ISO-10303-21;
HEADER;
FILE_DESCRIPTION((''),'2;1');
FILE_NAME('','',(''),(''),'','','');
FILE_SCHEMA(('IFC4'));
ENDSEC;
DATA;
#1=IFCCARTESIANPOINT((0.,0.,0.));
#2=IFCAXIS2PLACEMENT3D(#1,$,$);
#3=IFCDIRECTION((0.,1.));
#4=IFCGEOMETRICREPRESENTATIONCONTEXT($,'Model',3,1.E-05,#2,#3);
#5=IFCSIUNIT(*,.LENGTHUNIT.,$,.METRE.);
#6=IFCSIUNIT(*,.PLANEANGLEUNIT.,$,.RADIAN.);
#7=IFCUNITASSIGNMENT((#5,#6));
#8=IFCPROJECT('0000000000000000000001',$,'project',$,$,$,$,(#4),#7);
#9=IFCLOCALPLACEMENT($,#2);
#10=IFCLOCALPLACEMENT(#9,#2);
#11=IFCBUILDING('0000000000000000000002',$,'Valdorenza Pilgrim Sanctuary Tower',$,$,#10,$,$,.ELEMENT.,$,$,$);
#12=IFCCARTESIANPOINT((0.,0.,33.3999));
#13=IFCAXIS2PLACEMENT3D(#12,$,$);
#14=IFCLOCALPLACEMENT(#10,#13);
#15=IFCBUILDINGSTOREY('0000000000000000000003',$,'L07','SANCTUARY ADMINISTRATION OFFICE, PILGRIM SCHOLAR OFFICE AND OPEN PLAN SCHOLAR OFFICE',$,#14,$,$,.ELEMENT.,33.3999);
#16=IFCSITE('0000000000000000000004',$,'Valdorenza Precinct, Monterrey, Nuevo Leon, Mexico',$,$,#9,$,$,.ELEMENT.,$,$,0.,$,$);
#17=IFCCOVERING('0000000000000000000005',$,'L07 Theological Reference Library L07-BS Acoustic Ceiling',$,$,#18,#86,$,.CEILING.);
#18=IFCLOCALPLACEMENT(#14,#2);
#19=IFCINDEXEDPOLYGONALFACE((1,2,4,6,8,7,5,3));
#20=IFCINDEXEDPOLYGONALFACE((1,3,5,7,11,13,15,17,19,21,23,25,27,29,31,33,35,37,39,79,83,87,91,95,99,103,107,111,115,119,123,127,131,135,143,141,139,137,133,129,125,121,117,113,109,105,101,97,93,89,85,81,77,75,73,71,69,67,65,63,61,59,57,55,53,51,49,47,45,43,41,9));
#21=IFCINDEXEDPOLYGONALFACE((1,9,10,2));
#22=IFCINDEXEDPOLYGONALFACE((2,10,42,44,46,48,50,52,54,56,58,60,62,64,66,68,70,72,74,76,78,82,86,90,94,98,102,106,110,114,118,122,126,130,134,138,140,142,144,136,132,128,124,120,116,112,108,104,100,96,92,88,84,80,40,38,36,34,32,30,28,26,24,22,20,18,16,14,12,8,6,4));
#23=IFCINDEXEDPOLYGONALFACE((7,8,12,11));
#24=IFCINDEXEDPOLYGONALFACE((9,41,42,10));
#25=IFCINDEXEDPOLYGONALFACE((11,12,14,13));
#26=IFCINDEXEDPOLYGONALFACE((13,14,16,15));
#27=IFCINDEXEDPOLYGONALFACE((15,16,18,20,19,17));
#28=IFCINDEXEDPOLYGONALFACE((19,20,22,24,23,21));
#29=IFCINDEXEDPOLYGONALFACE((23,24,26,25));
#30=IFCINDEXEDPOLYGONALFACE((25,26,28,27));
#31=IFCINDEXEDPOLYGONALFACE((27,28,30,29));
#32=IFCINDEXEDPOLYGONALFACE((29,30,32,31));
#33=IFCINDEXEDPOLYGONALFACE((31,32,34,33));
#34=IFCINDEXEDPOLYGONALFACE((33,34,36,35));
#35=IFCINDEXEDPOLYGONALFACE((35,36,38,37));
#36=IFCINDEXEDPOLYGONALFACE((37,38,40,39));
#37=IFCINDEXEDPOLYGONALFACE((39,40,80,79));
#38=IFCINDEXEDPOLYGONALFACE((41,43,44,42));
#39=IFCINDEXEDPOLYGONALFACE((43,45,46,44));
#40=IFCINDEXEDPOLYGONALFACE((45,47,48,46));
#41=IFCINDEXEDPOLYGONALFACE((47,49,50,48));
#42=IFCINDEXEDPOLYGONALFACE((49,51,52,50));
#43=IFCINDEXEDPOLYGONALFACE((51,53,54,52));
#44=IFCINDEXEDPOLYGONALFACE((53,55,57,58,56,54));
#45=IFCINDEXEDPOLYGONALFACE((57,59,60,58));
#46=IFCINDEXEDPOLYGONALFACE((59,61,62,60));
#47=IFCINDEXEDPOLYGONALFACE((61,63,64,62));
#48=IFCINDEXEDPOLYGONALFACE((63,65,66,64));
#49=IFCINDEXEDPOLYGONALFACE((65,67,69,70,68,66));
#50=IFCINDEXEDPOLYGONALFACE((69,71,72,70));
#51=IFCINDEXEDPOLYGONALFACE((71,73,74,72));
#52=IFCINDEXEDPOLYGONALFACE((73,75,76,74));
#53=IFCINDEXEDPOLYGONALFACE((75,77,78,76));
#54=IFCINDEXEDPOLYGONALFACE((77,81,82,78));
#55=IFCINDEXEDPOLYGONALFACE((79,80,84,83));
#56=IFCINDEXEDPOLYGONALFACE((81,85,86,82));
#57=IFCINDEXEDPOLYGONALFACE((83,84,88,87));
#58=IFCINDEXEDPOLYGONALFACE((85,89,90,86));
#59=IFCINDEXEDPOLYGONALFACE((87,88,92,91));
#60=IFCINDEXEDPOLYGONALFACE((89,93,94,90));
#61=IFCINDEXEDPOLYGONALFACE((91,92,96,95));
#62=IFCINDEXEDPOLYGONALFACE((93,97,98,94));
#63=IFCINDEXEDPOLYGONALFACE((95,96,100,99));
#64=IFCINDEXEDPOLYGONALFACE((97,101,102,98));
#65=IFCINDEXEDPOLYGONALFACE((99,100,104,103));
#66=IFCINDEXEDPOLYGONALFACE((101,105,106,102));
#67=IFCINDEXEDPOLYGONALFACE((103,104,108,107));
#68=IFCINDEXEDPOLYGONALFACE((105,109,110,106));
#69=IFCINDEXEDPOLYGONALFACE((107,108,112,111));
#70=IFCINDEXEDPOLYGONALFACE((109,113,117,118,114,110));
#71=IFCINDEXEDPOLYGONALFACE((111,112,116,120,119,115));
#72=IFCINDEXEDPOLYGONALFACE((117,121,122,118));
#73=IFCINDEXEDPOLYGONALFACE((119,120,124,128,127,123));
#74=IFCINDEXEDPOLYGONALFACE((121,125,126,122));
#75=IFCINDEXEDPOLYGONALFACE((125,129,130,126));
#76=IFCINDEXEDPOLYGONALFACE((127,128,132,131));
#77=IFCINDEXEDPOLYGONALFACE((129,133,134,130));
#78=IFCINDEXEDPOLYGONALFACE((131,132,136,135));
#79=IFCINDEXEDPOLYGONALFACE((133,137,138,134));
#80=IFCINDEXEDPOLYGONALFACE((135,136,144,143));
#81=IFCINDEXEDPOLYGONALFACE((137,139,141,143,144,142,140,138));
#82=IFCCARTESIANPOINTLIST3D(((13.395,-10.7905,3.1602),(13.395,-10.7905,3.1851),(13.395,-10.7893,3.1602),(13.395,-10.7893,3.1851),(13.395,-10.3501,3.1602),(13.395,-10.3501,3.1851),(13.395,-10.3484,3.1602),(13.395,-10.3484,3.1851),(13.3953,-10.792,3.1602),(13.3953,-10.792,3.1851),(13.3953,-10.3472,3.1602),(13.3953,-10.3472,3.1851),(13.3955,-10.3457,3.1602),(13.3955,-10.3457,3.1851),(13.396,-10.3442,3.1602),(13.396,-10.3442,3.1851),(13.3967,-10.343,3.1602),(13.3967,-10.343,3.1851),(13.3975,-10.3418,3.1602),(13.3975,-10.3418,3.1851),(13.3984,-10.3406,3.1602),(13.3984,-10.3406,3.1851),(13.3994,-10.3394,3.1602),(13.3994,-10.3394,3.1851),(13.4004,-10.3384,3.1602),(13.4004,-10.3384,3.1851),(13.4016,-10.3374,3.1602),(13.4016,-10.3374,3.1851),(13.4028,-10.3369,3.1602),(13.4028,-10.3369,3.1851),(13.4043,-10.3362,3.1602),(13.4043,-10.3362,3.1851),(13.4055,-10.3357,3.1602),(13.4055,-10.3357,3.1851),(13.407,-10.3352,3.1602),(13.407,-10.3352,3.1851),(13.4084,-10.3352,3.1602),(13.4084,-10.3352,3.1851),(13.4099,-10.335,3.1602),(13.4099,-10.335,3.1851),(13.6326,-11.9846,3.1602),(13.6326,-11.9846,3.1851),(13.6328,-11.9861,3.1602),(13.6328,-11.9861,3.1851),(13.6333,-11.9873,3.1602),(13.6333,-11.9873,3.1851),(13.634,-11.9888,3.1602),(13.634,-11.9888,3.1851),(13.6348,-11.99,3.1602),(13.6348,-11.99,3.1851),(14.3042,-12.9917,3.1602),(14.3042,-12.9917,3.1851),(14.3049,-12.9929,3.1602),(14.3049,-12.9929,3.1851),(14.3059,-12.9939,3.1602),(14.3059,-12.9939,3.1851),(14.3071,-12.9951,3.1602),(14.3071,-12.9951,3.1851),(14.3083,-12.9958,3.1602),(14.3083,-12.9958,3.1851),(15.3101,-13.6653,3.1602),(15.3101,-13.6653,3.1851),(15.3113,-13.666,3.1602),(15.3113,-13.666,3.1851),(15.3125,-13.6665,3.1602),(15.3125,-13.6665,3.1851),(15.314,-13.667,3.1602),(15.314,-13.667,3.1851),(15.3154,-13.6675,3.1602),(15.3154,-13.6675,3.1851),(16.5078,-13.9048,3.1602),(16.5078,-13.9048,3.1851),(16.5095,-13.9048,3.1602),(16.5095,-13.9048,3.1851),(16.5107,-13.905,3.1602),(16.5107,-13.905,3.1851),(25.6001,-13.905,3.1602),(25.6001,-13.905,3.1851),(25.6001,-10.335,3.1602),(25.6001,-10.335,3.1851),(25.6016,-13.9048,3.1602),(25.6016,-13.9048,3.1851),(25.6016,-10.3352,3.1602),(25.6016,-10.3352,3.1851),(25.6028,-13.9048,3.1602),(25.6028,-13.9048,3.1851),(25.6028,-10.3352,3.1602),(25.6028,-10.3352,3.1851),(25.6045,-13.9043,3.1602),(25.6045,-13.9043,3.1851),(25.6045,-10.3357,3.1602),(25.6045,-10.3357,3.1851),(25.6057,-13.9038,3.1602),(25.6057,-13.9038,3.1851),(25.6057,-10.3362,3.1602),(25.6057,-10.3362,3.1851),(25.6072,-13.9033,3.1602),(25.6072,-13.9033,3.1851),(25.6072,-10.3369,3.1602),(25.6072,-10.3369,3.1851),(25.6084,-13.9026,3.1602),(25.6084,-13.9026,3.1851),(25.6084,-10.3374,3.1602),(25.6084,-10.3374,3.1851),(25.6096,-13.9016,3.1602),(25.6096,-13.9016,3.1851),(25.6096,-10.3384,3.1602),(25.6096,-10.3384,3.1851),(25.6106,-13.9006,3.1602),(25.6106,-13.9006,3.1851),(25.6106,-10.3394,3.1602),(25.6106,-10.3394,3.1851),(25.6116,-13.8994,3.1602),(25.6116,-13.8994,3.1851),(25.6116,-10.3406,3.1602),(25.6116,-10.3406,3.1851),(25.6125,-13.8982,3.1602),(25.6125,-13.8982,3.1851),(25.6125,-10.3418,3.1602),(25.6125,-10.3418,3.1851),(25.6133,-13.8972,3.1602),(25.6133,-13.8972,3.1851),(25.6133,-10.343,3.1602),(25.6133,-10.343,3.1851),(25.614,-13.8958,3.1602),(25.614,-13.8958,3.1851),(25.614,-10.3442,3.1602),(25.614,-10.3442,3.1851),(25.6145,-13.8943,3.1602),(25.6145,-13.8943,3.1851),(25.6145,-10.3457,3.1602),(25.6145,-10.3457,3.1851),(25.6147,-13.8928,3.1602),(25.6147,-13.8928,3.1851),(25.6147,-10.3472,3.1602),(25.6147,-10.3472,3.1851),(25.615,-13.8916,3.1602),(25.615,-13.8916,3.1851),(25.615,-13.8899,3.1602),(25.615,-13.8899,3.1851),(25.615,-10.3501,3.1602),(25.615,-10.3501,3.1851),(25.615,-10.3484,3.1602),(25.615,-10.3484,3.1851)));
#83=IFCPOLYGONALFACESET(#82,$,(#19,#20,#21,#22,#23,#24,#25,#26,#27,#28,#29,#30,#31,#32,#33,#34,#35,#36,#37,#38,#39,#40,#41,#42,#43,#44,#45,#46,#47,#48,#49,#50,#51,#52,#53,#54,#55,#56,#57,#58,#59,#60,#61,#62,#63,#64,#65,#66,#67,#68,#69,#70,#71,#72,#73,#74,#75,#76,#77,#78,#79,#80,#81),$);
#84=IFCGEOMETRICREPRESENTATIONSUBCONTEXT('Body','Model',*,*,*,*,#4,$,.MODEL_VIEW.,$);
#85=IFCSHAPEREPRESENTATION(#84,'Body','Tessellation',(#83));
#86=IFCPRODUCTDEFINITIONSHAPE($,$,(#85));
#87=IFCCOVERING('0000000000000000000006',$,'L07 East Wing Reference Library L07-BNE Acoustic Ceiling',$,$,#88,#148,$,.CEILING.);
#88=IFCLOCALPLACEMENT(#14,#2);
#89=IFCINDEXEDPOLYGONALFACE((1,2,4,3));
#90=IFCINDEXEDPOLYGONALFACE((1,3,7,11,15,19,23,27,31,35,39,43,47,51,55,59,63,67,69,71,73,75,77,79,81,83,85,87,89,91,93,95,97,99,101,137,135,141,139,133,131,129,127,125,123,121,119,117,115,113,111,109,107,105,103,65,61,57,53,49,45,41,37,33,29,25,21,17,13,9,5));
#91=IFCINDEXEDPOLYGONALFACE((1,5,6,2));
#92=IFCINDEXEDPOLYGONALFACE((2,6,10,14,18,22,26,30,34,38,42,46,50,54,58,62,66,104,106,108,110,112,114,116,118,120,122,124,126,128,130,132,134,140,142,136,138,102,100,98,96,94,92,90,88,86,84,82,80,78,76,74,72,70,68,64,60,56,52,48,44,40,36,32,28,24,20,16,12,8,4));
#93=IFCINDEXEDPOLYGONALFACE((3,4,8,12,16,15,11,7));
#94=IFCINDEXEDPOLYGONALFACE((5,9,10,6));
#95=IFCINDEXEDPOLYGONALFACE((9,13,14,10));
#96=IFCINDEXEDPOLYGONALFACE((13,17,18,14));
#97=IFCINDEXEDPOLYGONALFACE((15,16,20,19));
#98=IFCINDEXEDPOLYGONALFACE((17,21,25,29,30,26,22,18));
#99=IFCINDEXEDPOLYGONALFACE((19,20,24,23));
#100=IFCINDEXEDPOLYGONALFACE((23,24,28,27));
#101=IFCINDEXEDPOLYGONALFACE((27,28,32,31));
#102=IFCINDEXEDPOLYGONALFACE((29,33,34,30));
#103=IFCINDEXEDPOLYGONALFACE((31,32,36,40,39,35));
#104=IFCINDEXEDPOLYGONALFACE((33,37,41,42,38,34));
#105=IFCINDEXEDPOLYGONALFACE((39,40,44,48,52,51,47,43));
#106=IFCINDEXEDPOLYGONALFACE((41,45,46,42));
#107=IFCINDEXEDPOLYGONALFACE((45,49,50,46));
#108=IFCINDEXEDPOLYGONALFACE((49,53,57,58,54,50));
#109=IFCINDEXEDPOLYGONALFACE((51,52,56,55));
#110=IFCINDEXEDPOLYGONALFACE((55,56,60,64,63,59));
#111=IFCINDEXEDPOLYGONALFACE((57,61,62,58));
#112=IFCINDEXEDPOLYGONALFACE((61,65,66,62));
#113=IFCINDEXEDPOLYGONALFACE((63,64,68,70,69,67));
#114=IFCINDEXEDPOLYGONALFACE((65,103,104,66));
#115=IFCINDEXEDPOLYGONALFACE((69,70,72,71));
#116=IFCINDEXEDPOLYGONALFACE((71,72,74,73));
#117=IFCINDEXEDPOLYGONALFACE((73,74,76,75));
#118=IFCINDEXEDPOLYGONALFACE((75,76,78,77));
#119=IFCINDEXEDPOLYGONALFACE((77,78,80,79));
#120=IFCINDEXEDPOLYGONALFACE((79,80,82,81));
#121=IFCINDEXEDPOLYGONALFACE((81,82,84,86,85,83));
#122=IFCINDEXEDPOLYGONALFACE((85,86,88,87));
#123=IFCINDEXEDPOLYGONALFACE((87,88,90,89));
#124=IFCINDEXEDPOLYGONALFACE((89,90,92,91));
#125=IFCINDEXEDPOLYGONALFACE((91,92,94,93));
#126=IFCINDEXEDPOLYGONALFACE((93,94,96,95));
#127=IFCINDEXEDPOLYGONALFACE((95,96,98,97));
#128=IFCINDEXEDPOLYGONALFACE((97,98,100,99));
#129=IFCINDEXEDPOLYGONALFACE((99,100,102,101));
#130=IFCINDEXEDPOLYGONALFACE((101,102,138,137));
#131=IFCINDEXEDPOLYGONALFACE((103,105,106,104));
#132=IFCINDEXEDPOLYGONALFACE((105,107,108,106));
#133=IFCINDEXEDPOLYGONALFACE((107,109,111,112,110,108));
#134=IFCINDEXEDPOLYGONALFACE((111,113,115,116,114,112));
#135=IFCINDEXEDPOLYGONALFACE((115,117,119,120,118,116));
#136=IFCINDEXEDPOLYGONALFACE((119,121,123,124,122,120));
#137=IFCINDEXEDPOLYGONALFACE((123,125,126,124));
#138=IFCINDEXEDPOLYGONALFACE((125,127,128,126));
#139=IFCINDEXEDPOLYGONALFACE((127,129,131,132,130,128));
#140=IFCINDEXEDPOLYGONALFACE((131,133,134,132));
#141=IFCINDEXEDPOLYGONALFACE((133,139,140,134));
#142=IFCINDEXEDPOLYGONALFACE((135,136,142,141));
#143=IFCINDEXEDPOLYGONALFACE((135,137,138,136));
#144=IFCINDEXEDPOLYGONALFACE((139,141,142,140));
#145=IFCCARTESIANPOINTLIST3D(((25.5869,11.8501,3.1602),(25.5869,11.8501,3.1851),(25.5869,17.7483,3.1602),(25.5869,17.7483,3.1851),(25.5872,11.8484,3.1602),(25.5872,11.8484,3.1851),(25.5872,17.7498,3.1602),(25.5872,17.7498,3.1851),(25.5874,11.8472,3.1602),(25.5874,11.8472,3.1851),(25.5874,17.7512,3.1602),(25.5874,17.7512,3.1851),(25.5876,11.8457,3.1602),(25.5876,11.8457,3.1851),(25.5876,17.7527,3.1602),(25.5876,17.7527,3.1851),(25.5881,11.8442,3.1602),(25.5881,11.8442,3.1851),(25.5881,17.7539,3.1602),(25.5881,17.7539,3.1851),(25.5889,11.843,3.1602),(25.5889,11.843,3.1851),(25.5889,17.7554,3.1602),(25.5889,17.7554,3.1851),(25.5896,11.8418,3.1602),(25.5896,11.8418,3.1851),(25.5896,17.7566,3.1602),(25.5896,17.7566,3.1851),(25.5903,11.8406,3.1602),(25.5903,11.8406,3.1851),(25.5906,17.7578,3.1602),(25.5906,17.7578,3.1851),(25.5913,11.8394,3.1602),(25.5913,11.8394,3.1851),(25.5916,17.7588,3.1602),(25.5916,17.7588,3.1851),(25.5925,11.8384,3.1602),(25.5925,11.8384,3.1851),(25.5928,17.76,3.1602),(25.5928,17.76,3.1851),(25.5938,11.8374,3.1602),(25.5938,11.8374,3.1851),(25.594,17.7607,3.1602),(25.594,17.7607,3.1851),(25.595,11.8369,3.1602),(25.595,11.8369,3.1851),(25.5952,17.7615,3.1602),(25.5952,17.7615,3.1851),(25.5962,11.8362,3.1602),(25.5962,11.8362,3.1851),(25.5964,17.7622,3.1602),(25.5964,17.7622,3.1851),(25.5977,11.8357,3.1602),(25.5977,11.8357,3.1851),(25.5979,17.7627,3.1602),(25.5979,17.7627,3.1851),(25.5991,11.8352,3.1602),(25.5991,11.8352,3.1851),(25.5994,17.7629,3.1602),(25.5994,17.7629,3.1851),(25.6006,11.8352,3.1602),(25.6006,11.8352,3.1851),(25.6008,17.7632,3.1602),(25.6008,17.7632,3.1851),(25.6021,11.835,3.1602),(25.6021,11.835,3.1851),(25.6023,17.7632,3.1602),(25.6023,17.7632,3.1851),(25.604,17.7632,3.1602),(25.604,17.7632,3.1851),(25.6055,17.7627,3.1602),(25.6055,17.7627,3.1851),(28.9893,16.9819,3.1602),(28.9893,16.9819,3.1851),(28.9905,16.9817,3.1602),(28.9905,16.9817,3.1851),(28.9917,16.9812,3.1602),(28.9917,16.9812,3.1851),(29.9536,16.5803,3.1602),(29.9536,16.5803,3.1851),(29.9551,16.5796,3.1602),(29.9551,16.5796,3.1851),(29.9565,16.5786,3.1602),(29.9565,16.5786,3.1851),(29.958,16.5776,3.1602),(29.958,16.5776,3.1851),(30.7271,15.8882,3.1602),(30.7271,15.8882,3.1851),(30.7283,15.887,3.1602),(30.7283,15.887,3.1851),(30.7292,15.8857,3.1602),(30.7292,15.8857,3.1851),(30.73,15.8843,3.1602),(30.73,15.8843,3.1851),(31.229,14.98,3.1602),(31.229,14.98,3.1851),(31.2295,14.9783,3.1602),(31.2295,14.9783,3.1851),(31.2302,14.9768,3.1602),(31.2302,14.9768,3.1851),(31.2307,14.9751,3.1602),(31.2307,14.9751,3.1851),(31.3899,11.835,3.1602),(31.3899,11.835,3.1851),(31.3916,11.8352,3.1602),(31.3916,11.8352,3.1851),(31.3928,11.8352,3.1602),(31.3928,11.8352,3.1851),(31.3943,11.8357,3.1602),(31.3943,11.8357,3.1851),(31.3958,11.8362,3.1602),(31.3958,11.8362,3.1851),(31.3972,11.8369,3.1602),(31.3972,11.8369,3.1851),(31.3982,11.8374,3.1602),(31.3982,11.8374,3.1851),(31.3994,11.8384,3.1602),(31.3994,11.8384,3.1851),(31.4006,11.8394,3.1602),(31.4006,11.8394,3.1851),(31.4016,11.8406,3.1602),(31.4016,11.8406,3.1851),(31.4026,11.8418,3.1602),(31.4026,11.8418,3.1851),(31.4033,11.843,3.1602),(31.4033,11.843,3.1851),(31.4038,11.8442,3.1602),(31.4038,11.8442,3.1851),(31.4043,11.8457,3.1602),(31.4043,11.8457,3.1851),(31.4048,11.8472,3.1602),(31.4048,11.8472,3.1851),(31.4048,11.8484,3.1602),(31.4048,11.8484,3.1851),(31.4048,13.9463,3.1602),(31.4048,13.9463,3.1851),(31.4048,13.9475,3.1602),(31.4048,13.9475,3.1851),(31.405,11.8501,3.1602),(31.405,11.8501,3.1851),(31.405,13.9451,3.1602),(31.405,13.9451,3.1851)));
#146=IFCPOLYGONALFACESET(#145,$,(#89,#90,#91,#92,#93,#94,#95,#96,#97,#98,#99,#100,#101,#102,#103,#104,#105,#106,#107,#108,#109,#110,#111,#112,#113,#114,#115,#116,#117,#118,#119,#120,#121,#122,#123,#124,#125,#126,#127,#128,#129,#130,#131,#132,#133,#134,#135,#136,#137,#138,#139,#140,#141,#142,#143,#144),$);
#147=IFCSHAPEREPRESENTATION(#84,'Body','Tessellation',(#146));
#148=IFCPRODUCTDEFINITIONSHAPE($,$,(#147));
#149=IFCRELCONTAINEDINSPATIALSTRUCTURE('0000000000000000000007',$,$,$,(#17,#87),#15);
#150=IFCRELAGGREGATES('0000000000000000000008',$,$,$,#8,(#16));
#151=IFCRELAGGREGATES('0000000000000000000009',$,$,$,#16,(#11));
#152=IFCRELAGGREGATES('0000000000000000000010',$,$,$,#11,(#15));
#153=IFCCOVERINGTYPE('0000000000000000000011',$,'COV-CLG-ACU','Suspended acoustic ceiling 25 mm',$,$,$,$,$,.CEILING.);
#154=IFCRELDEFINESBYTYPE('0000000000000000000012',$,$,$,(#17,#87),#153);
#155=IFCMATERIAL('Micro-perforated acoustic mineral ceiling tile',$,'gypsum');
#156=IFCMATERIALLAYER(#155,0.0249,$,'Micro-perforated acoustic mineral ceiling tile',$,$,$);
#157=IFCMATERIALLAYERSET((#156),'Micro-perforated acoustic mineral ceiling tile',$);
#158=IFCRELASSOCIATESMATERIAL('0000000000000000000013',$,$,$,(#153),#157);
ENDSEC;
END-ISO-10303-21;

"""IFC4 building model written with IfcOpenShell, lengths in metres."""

from ifc_helpers import new_model, si_unit, direction, frame, origin, place, context, subcontext, project, spatial, polyline, outline, extrude, material, layer, layer_set, type_object, element, save


model = new_model("IFC4")

# Units and contexts
model_context = context("Model", 3, precision=1e-05, world=origin(), true_north=direction((0.0, 1.0)))
body_context = subcontext(model_context, "Body", "Model", "MODEL_VIEW")
ifc_project = project(units=[si_unit("LENGTHUNIT", "METRE"), si_unit("PLANEANGLEUNIT", "RADIAN")], contexts=[model_context])

# Site, building, storey
site_placement = place(None, origin())
site = spatial("IfcSite", under=ifc_project, at=site_placement, Name="Valdorenza Precinct, Monterrey, Nuevo Leon, Mexico", CompositionType="ELEMENT", RefElevation=0.0)
building_placement = place(site_placement, origin())
building = spatial("IfcBuilding", under=site, at=building_placement, Name="Valdorenza Pilgrim Sanctuary Tower", CompositionType="ELEMENT")
storey_placement = place(building_placement, frame((0.0, 0.0, 33.3999)))
storey = spatial("IfcBuildingStorey", under=building, at=storey_placement, Name="L07", Description="SANCTUARY ADMINISTRATION OFFICE, PILGRIM SCHOLAR OFFICE AND OPEN PLAN SCHOLAR OFFICE", CompositionType="ELEMENT", Elevation=33.3999)

# Coverings
ifc_material_1 = material(Name="Micro-perforated acoustic mineral ceiling tile", Category="gypsum")
ifc_layer_1 = layer(ifc_material_1, 0.0249, Name="Micro-perforated acoustic mineral ceiling tile")
ifc_layer_set_1 = layer_set([ifc_layer_1], Name="Micro-perforated acoustic mineral ceiling tile")
covering_type_1 = type_object("IfcCoveringType", Name="COV-CLG-ACU", Description="Suspended acoustic ceiling 25 mm", PredefinedType="CEILING", material=ifc_layer_set_1)
covering_1_placement = place(storey_placement, frame((0.0, 0.0, 3.1602)))
element("IfcCovering", 1, at=covering_1_placement, inside=storey, type_object=covering_type_1, Name="L07 Theological Reference Library L07-BS Acoustic Ceiling", PredefinedType="CEILING", context=body_context, shape_type="SweptSolid", body=[
    extrude(outline(polyline([(25.615, -13.8899), (25.615, -13.8916), (25.6147, -13.8928), (25.6145, -13.8943), (25.614, -13.8958), (25.6133, -13.8972), (25.6125, -13.8982), (25.6116, -13.8994), (25.6106, -13.9006), (25.6096, -13.9016), (25.6084, -13.9026), (25.6072, -13.9033), (25.6057, -13.9038), (25.6045, -13.9043), (25.6028, -13.9048), (25.6016, -13.9048), (25.6001, -13.905), (16.5107, -13.905), (16.5095, -13.9048), (16.5078, -13.9048), (15.3154, -13.6675), (15.314, -13.667), (15.3125, -13.6665), (15.3113, -13.666), (15.3101, -13.6653), (14.3083, -12.9958), (14.3071, -12.9951), (14.3059, -12.9939), (14.3049, -12.9929), (14.3042, -12.9917), (13.6348, -11.99), (13.634, -11.9888), (13.6333, -11.9873), (13.6328, -11.9861), (13.6326, -11.9846), (13.3953, -10.792), (13.395, -10.7905), (13.395, -10.7893), (13.395, -10.3501), (13.395, -10.3484), (13.3953, -10.3472), (13.3955, -10.3457), (13.396, -10.3442), (13.3967, -10.343), (13.3975, -10.3418), (13.3984, -10.3406), (13.3994, -10.3394), (13.4004, -10.3384), (13.4016, -10.3374), (13.4028, -10.3369), (13.4043, -10.3362), (13.4055, -10.3357), (13.407, -10.3352), (13.4084, -10.3352), (13.4099, -10.335), (25.6001, -10.335), (25.6016, -10.3352), (25.6028, -10.3352), (25.6045, -10.3357), (25.6057, -10.3362), (25.6072, -10.3369), (25.6084, -10.3374), (25.6096, -10.3384), (25.6106, -10.3394), (25.6116, -10.3406), (25.6125, -10.3418), (25.6133, -10.343), (25.614, -10.3442), (25.6145, -10.3457), (25.6147, -10.3472), (25.615, -10.3484), (25.615, -10.3501), (25.615, -13.8899)])), origin(), (0.0, 0.0, 1.0), 0.0249),
])
covering_2_placement = place(storey_placement, frame((0.0, 0.0, 3.1602)))
element("IfcCovering", 2, at=covering_2_placement, inside=storey, type_object=covering_type_1, Name="L07 East Wing Reference Library L07-BNE Acoustic Ceiling", PredefinedType="CEILING", context=body_context, shape_type="SweptSolid", body=[
    extrude(outline(polyline([(28.9893, 16.9819), (28.9905, 16.9817), (28.9917, 16.9812), (29.9536, 16.5803), (29.9551, 16.5796), (29.9565, 16.5786), (29.958, 16.5776), (30.7271, 15.8882), (30.7283, 15.887), (30.7292, 15.8857), (30.73, 15.8843), (31.229, 14.98), (31.2295, 14.9783), (31.2302, 14.9768), (31.2307, 14.9751), (31.4048, 13.9475), (31.4048, 13.9463), (31.405, 13.9451), (31.405, 11.8501), (31.4048, 11.8484), (31.4048, 11.8472), (31.4043, 11.8457), (31.4038, 11.8442), (31.4033, 11.843), (31.4026, 11.8418), (31.4016, 11.8406), (31.4006, 11.8394), (31.3994, 11.8384), (31.3982, 11.8374), (31.3972, 11.8369), (31.3958, 11.8362), (31.3943, 11.8357), (31.3928, 11.8352), (31.3916, 11.8352), (31.3899, 11.835), (25.6021, 11.835), (25.6006, 11.8352), (25.5991, 11.8352), (25.5977, 11.8357), (25.5962, 11.8362), (25.595, 11.8369), (25.5938, 11.8374), (25.5925, 11.8384), (25.5913, 11.8394), (25.5903, 11.8406), (25.5896, 11.8418), (25.5889, 11.843), (25.5881, 11.8442), (25.5876, 11.8457), (25.5874, 11.8472), (25.5872, 11.8484), (25.5869, 11.8501), (25.5869, 17.7483), (25.5872, 17.7498), (25.5874, 17.7512), (25.5876, 17.7527), (25.5881, 17.7539), (25.5889, 17.7554), (25.5896, 17.7566), (25.5906, 17.7578), (25.5916, 17.7588), (25.5928, 17.76), (25.594, 17.7607), (25.5952, 17.7615), (25.5964, 17.7622), (25.5979, 17.7627), (25.5994, 17.7629), (25.6008, 17.7632), (25.6023, 17.7632), (25.604, 17.7632), (25.6055, 17.7627), (28.9893, 16.9819)])), origin(), (0.0, 0.0, 1.0), 0.0249),
])

save(model, "model.ifc")
